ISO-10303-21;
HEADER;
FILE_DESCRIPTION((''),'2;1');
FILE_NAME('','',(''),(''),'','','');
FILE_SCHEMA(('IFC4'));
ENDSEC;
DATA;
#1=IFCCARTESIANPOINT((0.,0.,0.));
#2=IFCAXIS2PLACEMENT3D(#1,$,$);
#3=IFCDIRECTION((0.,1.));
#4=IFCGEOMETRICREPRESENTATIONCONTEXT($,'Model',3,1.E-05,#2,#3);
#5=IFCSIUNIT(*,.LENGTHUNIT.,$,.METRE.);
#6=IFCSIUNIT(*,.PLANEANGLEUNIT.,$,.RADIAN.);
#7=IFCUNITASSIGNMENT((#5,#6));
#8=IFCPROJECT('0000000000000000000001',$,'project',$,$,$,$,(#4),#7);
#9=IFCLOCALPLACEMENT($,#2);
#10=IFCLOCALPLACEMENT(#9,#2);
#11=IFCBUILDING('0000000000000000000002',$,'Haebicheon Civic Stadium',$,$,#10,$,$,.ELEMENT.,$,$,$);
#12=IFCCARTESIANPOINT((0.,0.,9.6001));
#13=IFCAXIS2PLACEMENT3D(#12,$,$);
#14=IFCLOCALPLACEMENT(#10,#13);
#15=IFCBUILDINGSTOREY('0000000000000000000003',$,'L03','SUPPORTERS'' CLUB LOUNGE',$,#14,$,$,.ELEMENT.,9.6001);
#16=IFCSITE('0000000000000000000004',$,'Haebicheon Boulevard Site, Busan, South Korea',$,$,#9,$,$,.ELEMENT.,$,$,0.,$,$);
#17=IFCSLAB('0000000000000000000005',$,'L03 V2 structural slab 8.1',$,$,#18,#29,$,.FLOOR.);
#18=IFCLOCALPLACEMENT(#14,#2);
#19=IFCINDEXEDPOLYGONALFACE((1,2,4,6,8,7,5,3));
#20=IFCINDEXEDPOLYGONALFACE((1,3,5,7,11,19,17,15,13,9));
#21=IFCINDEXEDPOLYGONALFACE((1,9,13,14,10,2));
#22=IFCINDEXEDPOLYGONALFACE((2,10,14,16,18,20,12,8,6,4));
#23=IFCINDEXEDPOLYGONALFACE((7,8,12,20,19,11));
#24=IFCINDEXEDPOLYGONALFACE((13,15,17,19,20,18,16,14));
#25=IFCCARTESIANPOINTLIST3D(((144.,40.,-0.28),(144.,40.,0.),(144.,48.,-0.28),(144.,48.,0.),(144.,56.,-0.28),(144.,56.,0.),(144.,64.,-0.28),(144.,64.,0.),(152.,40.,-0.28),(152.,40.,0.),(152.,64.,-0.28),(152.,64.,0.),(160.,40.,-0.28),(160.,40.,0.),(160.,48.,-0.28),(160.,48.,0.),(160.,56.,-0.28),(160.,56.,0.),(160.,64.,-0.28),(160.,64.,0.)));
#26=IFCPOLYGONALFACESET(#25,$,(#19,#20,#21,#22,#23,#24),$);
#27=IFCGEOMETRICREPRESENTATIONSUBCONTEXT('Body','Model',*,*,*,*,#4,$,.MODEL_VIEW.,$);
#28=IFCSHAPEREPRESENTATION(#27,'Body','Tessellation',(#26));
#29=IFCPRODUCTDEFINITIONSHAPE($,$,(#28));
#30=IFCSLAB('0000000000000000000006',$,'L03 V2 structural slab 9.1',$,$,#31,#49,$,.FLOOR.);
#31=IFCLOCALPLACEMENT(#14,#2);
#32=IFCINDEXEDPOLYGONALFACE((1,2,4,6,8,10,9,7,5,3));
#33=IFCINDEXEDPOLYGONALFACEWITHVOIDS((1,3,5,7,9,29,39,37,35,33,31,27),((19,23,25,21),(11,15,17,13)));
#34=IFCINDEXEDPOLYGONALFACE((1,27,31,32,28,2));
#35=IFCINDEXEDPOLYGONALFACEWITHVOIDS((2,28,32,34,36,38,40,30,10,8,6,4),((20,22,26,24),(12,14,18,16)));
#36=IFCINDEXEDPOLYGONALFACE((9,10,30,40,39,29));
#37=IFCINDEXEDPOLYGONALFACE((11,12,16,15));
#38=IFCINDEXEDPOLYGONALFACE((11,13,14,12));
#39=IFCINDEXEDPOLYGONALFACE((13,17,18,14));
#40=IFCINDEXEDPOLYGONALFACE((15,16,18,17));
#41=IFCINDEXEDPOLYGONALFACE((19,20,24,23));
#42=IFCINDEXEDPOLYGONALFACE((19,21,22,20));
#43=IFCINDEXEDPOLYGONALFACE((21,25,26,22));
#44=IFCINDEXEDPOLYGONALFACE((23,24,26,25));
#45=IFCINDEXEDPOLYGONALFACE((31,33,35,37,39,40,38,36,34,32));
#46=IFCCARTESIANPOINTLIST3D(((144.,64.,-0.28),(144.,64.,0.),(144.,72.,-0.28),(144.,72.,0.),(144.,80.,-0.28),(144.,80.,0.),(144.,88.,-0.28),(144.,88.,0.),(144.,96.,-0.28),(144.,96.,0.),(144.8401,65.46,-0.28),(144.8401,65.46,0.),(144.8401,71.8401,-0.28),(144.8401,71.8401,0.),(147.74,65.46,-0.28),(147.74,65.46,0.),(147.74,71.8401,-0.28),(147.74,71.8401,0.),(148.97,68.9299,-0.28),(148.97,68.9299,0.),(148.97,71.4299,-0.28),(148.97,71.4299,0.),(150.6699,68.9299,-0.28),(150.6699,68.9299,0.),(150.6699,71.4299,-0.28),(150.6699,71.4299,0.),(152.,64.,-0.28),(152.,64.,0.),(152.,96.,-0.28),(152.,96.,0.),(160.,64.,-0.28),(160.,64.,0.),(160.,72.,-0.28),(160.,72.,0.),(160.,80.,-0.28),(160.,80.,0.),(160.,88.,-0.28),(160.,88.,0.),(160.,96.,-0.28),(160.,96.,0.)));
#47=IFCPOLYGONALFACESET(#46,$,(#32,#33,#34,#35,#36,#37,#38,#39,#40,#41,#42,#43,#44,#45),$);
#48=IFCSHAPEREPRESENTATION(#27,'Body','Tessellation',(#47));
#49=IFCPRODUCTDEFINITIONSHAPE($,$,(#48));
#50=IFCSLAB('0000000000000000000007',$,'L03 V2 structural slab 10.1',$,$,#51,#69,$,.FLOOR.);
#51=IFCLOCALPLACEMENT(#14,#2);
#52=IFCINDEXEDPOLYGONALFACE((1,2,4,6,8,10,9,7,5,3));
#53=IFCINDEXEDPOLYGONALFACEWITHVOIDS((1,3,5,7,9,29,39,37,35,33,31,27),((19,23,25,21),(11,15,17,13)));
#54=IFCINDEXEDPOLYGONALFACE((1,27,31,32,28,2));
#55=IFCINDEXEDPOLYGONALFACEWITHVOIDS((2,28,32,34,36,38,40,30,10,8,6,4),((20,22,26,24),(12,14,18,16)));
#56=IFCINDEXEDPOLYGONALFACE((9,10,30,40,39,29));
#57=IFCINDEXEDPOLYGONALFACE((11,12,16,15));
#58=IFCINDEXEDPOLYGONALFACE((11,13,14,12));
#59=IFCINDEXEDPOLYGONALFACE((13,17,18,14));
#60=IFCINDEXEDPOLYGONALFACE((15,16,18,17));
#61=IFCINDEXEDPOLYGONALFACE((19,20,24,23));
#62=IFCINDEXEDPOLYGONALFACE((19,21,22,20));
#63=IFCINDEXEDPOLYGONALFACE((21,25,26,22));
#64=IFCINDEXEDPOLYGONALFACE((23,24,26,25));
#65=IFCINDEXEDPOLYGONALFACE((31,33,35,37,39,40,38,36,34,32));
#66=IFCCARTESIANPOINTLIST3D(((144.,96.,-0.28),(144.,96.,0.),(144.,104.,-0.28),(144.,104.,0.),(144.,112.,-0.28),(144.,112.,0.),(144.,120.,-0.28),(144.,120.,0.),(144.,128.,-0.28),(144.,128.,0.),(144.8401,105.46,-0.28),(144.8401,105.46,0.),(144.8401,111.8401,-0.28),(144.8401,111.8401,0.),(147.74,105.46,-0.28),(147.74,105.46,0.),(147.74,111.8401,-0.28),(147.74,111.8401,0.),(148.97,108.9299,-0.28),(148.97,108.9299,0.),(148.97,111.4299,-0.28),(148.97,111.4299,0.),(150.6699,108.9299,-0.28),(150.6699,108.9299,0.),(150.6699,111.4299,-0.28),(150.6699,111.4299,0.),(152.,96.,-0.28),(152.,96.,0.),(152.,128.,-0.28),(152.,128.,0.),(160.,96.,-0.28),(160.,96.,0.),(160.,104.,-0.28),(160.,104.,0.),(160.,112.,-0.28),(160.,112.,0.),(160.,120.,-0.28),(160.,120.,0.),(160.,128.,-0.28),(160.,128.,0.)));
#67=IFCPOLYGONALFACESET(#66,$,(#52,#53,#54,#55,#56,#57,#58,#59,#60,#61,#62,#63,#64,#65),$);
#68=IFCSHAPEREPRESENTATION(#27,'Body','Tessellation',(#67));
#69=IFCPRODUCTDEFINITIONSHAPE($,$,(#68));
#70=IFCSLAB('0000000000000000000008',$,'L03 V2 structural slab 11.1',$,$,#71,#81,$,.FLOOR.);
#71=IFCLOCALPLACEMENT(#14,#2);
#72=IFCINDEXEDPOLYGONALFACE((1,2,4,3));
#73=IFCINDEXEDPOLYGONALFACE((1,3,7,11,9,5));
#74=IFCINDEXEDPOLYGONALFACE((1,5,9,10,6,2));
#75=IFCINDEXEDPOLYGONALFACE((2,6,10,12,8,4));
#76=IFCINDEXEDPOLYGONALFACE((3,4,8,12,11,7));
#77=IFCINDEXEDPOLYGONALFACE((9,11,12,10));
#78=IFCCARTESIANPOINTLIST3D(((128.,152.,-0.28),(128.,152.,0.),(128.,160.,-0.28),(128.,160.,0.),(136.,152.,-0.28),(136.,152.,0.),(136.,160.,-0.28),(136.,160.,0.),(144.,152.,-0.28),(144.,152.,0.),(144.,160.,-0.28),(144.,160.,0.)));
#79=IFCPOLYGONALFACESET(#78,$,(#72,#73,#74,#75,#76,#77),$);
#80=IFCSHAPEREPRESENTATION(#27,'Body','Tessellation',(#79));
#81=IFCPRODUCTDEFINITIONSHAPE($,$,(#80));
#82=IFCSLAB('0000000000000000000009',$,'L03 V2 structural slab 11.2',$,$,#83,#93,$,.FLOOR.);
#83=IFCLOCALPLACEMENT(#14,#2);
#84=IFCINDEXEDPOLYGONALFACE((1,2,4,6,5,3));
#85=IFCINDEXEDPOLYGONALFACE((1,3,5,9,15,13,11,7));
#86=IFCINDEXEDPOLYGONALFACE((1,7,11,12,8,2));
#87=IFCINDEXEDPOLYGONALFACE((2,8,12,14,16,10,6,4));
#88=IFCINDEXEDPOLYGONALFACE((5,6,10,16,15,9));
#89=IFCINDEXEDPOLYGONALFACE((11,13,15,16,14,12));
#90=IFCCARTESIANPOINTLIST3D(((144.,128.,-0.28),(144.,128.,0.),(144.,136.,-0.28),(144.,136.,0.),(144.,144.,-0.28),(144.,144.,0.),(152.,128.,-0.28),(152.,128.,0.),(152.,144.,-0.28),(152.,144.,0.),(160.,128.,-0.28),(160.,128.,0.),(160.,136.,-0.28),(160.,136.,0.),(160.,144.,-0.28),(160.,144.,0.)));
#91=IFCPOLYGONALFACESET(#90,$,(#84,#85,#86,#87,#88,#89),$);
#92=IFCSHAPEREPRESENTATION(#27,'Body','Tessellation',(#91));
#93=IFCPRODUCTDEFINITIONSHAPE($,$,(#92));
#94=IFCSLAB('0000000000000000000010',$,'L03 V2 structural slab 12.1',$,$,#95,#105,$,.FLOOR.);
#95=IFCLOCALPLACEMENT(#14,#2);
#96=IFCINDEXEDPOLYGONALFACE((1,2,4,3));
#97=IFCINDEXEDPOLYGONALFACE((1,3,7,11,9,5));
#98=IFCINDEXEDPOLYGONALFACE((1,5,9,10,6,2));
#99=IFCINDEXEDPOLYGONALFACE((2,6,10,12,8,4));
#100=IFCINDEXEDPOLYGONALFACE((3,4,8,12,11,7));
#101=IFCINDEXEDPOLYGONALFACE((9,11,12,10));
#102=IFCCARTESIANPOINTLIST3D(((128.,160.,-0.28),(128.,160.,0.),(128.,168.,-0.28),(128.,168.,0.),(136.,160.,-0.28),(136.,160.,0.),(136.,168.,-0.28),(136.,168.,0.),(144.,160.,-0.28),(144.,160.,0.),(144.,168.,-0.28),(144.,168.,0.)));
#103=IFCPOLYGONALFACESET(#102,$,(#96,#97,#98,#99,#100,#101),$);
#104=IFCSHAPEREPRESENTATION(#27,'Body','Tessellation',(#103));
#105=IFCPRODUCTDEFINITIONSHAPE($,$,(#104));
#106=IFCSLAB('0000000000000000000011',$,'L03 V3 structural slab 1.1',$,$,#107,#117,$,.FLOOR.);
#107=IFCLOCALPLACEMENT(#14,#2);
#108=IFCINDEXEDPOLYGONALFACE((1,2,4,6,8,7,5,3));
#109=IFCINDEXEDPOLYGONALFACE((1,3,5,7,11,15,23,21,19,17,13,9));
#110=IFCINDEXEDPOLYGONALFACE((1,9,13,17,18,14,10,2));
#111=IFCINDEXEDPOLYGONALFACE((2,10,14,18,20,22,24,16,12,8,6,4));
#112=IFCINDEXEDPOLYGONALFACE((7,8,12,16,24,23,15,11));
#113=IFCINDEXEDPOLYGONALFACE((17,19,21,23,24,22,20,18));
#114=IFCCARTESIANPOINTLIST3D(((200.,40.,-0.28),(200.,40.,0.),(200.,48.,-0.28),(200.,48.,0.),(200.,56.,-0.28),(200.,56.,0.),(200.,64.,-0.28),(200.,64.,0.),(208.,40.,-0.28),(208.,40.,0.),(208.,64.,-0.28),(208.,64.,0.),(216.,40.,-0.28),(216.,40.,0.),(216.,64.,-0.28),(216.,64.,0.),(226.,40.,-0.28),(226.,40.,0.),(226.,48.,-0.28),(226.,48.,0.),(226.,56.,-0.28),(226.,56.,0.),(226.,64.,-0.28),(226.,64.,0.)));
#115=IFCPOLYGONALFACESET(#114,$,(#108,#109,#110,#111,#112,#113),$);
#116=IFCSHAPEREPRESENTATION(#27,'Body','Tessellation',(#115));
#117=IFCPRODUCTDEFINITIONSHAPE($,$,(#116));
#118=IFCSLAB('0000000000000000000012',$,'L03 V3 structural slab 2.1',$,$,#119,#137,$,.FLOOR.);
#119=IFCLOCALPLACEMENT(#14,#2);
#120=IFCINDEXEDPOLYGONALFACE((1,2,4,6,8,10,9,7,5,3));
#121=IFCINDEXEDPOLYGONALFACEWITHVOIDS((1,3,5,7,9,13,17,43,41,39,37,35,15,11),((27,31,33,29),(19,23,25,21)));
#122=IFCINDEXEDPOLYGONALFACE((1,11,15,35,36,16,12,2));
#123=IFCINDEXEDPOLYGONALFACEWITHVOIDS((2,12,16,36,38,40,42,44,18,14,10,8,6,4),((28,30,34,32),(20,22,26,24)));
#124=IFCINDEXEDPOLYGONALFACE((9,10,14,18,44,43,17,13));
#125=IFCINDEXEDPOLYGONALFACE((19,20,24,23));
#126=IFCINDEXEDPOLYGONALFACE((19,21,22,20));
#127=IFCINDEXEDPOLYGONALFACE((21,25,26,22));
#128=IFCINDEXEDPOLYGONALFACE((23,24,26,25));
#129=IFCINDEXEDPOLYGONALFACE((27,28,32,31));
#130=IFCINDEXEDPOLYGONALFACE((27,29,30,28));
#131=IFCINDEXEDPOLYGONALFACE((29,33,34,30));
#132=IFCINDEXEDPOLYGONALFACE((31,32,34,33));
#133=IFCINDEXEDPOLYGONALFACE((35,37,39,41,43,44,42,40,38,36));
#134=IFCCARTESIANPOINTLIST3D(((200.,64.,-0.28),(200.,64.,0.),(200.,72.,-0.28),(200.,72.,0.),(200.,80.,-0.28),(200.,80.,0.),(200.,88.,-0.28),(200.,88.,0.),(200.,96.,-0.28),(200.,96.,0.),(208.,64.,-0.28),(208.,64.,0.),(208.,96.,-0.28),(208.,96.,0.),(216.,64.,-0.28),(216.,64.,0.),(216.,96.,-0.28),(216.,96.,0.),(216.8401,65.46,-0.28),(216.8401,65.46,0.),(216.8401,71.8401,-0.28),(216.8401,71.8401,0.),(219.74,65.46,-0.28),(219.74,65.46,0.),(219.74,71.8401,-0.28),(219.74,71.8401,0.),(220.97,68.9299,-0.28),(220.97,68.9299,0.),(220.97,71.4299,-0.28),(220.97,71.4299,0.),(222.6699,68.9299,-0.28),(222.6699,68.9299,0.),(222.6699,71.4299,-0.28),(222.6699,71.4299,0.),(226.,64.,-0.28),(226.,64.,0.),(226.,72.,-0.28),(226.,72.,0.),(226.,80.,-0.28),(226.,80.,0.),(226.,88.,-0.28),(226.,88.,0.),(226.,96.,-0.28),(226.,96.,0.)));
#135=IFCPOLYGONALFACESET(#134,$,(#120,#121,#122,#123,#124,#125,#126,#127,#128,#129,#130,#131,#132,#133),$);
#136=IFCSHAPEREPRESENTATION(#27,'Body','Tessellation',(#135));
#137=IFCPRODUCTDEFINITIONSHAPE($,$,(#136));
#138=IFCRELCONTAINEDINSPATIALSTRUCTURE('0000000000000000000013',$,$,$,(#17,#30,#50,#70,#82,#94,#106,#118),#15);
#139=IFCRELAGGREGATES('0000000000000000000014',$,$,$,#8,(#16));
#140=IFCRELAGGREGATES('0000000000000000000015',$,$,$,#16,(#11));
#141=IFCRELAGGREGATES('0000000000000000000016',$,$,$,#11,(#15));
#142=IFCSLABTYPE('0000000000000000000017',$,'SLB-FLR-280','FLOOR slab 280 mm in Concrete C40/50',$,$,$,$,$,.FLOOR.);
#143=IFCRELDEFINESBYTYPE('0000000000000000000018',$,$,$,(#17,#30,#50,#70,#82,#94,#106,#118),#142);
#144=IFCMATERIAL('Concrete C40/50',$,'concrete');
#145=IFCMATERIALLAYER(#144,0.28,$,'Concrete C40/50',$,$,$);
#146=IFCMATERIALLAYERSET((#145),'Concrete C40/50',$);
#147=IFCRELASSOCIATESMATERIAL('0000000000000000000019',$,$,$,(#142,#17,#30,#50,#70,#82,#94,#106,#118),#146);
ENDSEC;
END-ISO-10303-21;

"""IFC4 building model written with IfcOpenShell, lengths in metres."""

from ifc_helpers import new_model, si_unit, direction, frame, origin, place, context, subcontext, project, spatial, polyline, outline, extrude, material, layer, layer_set, type_object, element, save


model = new_model("IFC4")

# Units and contexts
model_context = context("Model", 3, precision=1e-05, world=origin(), true_north=direction((0.0, 1.0)))
body_context = subcontext(model_context, "Body", "Model", "MODEL_VIEW")
ifc_project = project(units=[si_unit("LENGTHUNIT", "METRE"), si_unit("PLANEANGLEUNIT", "RADIAN")], contexts=[model_context])

# Site, building, storey
site_placement = place(None, origin())
site = spatial("IfcSite", under=ifc_project, at=site_placement, Name="Haebicheon Boulevard Site, Busan, South Korea", CompositionType="ELEMENT", RefElevation=0.0)
building_placement = place(site_placement, origin())
building = spatial("IfcBuilding", under=site, at=building_placement, Name="Haebicheon Civic Stadium", CompositionType="ELEMENT")
storey_placement = place(building_placement, frame((0.0, 0.0, 9.6001)))
storey = spatial("IfcBuildingStorey", under=building, at=storey_placement, Name="L03", Description="SUPPORTERS' CLUB LOUNGE", CompositionType="ELEMENT", Elevation=9.6001)

# Slabs
ifc_material = material(Name="Concrete C40/50", Category="concrete")
ifc_layer = layer(ifc_material, 0.28, Name="Concrete C40/50")
ifc_layer_set = layer_set([ifc_layer], Name="Concrete C40/50")
slab_type = type_object("IfcSlabType", Name="SLB-FLR-280", Description="FLOOR slab 280 mm in Concrete C40/50", PredefinedType="FLOOR", material=ifc_layer_set)
slab_1_placement = place(storey_placement, frame((0.0, 0.0, -0.28)))
element("IfcSlab", 1, at=slab_1_placement, inside=storey, type_object=slab_type, material=ifc_layer_set, Name="L03 V2 structural slab 8.1", PredefinedType="FLOOR", context=body_context, shape_type="SweptSolid", body=[
    extrude(outline(polyline([(144.0, 48.0), (144.0, 56.0), (144.0, 64.0), (152.0, 64.0), (160.0, 64.0), (160.0, 56.0), (160.0, 48.0), (160.0, 40.0), (152.0, 40.0), (144.0, 40.0), (144.0, 48.0)])), origin(), (0.0, 0.0, 1.0), 0.28),
])
slab_2_placement = place(storey_placement, frame((0.0, 0.0, -0.28)))
element("IfcSlab", 2, at=slab_2_placement, inside=storey, type_object=slab_type, material=ifc_layer_set, Name="L03 V2 structural slab 9.1", PredefinedType="FLOOR", context=body_context, shape_type="SweptSolid", body=[
    extrude(outline(polyline([(144.0, 80.0), (144.0, 88.0), (144.0, 96.0), (152.0, 96.0), (160.0, 96.0), (160.0, 88.0), (160.0, 80.0), (160.0, 72.0), (160.0, 64.0), (152.0, 64.0), (144.0, 64.0), (144.0, 72.0), (144.0, 80.0)]), holes=[polyline([(144.8401, 65.46), (147.74, 65.46), (147.74, 71.8401), (144.8401, 71.8401), (144.8401, 65.46)]), polyline([(148.97, 68.9299), (150.6699, 68.9299), (150.6699, 71.4299), (148.97, 71.4299), (148.97, 68.9299)])]), origin(), (0.0, 0.0, 1.0), 0.28),
])
slab_3_placement = place(storey_placement, frame((0.0, 0.0, -0.28)))
element("IfcSlab", 3, at=slab_3_placement, inside=storey, type_object=slab_type, material=ifc_layer_set, Name="L03 V2 structural slab 10.1", PredefinedType="FLOOR", context=body_context, shape_type="SweptSolid", body=[
    extrude(outline(polyline([(144.0, 112.0), (144.0, 120.0), (144.0, 128.0), (152.0, 128.0), (160.0, 128.0), (160.0, 120.0), (160.0, 112.0), (160.0, 104.0), (160.0, 96.0), (152.0, 96.0), (144.0, 96.0), (144.0, 104.0), (144.0, 112.0)]), holes=[polyline([(144.8401, 105.46), (147.74, 105.46), (147.74, 111.8401), (144.8401, 111.8401), (144.8401, 105.46)]), polyline([(148.97, 108.9299), (150.6699, 108.9299), (150.6699, 111.4299), (148.97, 111.4299), (148.97, 108.9299)])]), origin(), (0.0, 0.0, 1.0), 0.28),
])
slab_4_placement = place(storey_placement, frame((0.0, 0.0, -0.28)))
element("IfcSlab", 4, at=slab_4_placement, inside=storey, type_object=slab_type, material=ifc_layer_set, Name="L03 V2 structural slab 11.1", PredefinedType="FLOOR", context=body_context, shape_type="SweptSolid", body=[
    extrude(outline(polyline([(136.0, 160.0), (144.0, 160.0), (144.0, 152.0), (136.0, 152.0), (128.0, 152.0), (128.0, 160.0), (136.0, 160.0)])), origin(), (0.0, 0.0, 1.0), 0.28),
])
slab_5_placement = place(storey_placement, frame((0.0, 0.0, -0.28)))
element("IfcSlab", 5, at=slab_5_placement, inside=storey, type_object=slab_type, material=ifc_layer_set, Name="L03 V2 structural slab 11.2", PredefinedType="FLOOR", context=body_context, shape_type="SweptSolid", body=[
    extrude(outline(polyline([(144.0, 136.0), (144.0, 144.0), (152.0, 144.0), (160.0, 144.0), (160.0, 136.0), (160.0, 128.0), (152.0, 128.0), (144.0, 128.0), (144.0, 136.0)])), origin(), (0.0, 0.0, 1.0), 0.28),
])
slab_6_placement = place(storey_placement, frame((0.0, 0.0, -0.28)))
element("IfcSlab", 6, at=slab_6_placement, inside=storey, type_object=slab_type, material=ifc_layer_set, Name="L03 V2 structural slab 12.1", PredefinedType="FLOOR", context=body_context, shape_type="SweptSolid", body=[
    extrude(outline(polyline([(128.0, 160.0), (128.0, 168.0), (136.0, 168.0), (144.0, 168.0), (144.0, 160.0), (136.0, 160.0), (128.0, 160.0)])), origin(), (0.0, 0.0, 1.0), 0.28),
])
slab_7_placement = place(storey_placement, frame((0.0, 0.0, -0.28)))
element("IfcSlab", 7, at=slab_7_placement, inside=storey, type_object=slab_type, material=ifc_layer_set, Name="L03 V3 structural slab 1.1", PredefinedType="FLOOR", context=body_context, shape_type="SweptSolid", body=[
    extrude(outline(polyline([(200.0, 56.0), (200.0, 64.0), (208.0, 64.0), (216.0, 64.0), (226.0, 64.0), (226.0, 56.0), (226.0, 48.0), (226.0, 40.0), (216.0, 40.0), (208.0, 40.0), (200.0, 40.0), (200.0, 48.0), (200.0, 56.0)])), origin(), (0.0, 0.0, 1.0), 0.28),
])
slab_8_placement = place(storey_placement, frame((0.0, 0.0, -0.28)))
element("IfcSlab", 8, at=slab_8_placement, inside=storey, type_object=slab_type, material=ifc_layer_set, Name="L03 V3 structural slab 2.1", PredefinedType="FLOOR", context=body_context, shape_type="SweptSolid", body=[
    extrude(outline(polyline([(200.0, 80.0), (200.0, 88.0), (200.0, 96.0), (208.0, 96.0), (216.0, 96.0), (226.0, 96.0), (226.0, 88.0), (226.0, 80.0), (226.0, 72.0), (226.0, 64.0), (216.0, 64.0), (208.0, 64.0), (200.0, 64.0), (200.0, 72.0), (200.0, 80.0)]), holes=[polyline([(216.8401, 65.46), (219.74, 65.46), (219.74, 71.8401), (216.8401, 71.8401), (216.8401, 65.46)]), polyline([(220.97, 68.9299), (222.6699, 68.9299), (222.6699, 71.4299), (220.97, 71.4299), (220.97, 68.9299)])]), origin(), (0.0, 0.0, 1.0), 0.28),
])

save(model, "model.ifc")
